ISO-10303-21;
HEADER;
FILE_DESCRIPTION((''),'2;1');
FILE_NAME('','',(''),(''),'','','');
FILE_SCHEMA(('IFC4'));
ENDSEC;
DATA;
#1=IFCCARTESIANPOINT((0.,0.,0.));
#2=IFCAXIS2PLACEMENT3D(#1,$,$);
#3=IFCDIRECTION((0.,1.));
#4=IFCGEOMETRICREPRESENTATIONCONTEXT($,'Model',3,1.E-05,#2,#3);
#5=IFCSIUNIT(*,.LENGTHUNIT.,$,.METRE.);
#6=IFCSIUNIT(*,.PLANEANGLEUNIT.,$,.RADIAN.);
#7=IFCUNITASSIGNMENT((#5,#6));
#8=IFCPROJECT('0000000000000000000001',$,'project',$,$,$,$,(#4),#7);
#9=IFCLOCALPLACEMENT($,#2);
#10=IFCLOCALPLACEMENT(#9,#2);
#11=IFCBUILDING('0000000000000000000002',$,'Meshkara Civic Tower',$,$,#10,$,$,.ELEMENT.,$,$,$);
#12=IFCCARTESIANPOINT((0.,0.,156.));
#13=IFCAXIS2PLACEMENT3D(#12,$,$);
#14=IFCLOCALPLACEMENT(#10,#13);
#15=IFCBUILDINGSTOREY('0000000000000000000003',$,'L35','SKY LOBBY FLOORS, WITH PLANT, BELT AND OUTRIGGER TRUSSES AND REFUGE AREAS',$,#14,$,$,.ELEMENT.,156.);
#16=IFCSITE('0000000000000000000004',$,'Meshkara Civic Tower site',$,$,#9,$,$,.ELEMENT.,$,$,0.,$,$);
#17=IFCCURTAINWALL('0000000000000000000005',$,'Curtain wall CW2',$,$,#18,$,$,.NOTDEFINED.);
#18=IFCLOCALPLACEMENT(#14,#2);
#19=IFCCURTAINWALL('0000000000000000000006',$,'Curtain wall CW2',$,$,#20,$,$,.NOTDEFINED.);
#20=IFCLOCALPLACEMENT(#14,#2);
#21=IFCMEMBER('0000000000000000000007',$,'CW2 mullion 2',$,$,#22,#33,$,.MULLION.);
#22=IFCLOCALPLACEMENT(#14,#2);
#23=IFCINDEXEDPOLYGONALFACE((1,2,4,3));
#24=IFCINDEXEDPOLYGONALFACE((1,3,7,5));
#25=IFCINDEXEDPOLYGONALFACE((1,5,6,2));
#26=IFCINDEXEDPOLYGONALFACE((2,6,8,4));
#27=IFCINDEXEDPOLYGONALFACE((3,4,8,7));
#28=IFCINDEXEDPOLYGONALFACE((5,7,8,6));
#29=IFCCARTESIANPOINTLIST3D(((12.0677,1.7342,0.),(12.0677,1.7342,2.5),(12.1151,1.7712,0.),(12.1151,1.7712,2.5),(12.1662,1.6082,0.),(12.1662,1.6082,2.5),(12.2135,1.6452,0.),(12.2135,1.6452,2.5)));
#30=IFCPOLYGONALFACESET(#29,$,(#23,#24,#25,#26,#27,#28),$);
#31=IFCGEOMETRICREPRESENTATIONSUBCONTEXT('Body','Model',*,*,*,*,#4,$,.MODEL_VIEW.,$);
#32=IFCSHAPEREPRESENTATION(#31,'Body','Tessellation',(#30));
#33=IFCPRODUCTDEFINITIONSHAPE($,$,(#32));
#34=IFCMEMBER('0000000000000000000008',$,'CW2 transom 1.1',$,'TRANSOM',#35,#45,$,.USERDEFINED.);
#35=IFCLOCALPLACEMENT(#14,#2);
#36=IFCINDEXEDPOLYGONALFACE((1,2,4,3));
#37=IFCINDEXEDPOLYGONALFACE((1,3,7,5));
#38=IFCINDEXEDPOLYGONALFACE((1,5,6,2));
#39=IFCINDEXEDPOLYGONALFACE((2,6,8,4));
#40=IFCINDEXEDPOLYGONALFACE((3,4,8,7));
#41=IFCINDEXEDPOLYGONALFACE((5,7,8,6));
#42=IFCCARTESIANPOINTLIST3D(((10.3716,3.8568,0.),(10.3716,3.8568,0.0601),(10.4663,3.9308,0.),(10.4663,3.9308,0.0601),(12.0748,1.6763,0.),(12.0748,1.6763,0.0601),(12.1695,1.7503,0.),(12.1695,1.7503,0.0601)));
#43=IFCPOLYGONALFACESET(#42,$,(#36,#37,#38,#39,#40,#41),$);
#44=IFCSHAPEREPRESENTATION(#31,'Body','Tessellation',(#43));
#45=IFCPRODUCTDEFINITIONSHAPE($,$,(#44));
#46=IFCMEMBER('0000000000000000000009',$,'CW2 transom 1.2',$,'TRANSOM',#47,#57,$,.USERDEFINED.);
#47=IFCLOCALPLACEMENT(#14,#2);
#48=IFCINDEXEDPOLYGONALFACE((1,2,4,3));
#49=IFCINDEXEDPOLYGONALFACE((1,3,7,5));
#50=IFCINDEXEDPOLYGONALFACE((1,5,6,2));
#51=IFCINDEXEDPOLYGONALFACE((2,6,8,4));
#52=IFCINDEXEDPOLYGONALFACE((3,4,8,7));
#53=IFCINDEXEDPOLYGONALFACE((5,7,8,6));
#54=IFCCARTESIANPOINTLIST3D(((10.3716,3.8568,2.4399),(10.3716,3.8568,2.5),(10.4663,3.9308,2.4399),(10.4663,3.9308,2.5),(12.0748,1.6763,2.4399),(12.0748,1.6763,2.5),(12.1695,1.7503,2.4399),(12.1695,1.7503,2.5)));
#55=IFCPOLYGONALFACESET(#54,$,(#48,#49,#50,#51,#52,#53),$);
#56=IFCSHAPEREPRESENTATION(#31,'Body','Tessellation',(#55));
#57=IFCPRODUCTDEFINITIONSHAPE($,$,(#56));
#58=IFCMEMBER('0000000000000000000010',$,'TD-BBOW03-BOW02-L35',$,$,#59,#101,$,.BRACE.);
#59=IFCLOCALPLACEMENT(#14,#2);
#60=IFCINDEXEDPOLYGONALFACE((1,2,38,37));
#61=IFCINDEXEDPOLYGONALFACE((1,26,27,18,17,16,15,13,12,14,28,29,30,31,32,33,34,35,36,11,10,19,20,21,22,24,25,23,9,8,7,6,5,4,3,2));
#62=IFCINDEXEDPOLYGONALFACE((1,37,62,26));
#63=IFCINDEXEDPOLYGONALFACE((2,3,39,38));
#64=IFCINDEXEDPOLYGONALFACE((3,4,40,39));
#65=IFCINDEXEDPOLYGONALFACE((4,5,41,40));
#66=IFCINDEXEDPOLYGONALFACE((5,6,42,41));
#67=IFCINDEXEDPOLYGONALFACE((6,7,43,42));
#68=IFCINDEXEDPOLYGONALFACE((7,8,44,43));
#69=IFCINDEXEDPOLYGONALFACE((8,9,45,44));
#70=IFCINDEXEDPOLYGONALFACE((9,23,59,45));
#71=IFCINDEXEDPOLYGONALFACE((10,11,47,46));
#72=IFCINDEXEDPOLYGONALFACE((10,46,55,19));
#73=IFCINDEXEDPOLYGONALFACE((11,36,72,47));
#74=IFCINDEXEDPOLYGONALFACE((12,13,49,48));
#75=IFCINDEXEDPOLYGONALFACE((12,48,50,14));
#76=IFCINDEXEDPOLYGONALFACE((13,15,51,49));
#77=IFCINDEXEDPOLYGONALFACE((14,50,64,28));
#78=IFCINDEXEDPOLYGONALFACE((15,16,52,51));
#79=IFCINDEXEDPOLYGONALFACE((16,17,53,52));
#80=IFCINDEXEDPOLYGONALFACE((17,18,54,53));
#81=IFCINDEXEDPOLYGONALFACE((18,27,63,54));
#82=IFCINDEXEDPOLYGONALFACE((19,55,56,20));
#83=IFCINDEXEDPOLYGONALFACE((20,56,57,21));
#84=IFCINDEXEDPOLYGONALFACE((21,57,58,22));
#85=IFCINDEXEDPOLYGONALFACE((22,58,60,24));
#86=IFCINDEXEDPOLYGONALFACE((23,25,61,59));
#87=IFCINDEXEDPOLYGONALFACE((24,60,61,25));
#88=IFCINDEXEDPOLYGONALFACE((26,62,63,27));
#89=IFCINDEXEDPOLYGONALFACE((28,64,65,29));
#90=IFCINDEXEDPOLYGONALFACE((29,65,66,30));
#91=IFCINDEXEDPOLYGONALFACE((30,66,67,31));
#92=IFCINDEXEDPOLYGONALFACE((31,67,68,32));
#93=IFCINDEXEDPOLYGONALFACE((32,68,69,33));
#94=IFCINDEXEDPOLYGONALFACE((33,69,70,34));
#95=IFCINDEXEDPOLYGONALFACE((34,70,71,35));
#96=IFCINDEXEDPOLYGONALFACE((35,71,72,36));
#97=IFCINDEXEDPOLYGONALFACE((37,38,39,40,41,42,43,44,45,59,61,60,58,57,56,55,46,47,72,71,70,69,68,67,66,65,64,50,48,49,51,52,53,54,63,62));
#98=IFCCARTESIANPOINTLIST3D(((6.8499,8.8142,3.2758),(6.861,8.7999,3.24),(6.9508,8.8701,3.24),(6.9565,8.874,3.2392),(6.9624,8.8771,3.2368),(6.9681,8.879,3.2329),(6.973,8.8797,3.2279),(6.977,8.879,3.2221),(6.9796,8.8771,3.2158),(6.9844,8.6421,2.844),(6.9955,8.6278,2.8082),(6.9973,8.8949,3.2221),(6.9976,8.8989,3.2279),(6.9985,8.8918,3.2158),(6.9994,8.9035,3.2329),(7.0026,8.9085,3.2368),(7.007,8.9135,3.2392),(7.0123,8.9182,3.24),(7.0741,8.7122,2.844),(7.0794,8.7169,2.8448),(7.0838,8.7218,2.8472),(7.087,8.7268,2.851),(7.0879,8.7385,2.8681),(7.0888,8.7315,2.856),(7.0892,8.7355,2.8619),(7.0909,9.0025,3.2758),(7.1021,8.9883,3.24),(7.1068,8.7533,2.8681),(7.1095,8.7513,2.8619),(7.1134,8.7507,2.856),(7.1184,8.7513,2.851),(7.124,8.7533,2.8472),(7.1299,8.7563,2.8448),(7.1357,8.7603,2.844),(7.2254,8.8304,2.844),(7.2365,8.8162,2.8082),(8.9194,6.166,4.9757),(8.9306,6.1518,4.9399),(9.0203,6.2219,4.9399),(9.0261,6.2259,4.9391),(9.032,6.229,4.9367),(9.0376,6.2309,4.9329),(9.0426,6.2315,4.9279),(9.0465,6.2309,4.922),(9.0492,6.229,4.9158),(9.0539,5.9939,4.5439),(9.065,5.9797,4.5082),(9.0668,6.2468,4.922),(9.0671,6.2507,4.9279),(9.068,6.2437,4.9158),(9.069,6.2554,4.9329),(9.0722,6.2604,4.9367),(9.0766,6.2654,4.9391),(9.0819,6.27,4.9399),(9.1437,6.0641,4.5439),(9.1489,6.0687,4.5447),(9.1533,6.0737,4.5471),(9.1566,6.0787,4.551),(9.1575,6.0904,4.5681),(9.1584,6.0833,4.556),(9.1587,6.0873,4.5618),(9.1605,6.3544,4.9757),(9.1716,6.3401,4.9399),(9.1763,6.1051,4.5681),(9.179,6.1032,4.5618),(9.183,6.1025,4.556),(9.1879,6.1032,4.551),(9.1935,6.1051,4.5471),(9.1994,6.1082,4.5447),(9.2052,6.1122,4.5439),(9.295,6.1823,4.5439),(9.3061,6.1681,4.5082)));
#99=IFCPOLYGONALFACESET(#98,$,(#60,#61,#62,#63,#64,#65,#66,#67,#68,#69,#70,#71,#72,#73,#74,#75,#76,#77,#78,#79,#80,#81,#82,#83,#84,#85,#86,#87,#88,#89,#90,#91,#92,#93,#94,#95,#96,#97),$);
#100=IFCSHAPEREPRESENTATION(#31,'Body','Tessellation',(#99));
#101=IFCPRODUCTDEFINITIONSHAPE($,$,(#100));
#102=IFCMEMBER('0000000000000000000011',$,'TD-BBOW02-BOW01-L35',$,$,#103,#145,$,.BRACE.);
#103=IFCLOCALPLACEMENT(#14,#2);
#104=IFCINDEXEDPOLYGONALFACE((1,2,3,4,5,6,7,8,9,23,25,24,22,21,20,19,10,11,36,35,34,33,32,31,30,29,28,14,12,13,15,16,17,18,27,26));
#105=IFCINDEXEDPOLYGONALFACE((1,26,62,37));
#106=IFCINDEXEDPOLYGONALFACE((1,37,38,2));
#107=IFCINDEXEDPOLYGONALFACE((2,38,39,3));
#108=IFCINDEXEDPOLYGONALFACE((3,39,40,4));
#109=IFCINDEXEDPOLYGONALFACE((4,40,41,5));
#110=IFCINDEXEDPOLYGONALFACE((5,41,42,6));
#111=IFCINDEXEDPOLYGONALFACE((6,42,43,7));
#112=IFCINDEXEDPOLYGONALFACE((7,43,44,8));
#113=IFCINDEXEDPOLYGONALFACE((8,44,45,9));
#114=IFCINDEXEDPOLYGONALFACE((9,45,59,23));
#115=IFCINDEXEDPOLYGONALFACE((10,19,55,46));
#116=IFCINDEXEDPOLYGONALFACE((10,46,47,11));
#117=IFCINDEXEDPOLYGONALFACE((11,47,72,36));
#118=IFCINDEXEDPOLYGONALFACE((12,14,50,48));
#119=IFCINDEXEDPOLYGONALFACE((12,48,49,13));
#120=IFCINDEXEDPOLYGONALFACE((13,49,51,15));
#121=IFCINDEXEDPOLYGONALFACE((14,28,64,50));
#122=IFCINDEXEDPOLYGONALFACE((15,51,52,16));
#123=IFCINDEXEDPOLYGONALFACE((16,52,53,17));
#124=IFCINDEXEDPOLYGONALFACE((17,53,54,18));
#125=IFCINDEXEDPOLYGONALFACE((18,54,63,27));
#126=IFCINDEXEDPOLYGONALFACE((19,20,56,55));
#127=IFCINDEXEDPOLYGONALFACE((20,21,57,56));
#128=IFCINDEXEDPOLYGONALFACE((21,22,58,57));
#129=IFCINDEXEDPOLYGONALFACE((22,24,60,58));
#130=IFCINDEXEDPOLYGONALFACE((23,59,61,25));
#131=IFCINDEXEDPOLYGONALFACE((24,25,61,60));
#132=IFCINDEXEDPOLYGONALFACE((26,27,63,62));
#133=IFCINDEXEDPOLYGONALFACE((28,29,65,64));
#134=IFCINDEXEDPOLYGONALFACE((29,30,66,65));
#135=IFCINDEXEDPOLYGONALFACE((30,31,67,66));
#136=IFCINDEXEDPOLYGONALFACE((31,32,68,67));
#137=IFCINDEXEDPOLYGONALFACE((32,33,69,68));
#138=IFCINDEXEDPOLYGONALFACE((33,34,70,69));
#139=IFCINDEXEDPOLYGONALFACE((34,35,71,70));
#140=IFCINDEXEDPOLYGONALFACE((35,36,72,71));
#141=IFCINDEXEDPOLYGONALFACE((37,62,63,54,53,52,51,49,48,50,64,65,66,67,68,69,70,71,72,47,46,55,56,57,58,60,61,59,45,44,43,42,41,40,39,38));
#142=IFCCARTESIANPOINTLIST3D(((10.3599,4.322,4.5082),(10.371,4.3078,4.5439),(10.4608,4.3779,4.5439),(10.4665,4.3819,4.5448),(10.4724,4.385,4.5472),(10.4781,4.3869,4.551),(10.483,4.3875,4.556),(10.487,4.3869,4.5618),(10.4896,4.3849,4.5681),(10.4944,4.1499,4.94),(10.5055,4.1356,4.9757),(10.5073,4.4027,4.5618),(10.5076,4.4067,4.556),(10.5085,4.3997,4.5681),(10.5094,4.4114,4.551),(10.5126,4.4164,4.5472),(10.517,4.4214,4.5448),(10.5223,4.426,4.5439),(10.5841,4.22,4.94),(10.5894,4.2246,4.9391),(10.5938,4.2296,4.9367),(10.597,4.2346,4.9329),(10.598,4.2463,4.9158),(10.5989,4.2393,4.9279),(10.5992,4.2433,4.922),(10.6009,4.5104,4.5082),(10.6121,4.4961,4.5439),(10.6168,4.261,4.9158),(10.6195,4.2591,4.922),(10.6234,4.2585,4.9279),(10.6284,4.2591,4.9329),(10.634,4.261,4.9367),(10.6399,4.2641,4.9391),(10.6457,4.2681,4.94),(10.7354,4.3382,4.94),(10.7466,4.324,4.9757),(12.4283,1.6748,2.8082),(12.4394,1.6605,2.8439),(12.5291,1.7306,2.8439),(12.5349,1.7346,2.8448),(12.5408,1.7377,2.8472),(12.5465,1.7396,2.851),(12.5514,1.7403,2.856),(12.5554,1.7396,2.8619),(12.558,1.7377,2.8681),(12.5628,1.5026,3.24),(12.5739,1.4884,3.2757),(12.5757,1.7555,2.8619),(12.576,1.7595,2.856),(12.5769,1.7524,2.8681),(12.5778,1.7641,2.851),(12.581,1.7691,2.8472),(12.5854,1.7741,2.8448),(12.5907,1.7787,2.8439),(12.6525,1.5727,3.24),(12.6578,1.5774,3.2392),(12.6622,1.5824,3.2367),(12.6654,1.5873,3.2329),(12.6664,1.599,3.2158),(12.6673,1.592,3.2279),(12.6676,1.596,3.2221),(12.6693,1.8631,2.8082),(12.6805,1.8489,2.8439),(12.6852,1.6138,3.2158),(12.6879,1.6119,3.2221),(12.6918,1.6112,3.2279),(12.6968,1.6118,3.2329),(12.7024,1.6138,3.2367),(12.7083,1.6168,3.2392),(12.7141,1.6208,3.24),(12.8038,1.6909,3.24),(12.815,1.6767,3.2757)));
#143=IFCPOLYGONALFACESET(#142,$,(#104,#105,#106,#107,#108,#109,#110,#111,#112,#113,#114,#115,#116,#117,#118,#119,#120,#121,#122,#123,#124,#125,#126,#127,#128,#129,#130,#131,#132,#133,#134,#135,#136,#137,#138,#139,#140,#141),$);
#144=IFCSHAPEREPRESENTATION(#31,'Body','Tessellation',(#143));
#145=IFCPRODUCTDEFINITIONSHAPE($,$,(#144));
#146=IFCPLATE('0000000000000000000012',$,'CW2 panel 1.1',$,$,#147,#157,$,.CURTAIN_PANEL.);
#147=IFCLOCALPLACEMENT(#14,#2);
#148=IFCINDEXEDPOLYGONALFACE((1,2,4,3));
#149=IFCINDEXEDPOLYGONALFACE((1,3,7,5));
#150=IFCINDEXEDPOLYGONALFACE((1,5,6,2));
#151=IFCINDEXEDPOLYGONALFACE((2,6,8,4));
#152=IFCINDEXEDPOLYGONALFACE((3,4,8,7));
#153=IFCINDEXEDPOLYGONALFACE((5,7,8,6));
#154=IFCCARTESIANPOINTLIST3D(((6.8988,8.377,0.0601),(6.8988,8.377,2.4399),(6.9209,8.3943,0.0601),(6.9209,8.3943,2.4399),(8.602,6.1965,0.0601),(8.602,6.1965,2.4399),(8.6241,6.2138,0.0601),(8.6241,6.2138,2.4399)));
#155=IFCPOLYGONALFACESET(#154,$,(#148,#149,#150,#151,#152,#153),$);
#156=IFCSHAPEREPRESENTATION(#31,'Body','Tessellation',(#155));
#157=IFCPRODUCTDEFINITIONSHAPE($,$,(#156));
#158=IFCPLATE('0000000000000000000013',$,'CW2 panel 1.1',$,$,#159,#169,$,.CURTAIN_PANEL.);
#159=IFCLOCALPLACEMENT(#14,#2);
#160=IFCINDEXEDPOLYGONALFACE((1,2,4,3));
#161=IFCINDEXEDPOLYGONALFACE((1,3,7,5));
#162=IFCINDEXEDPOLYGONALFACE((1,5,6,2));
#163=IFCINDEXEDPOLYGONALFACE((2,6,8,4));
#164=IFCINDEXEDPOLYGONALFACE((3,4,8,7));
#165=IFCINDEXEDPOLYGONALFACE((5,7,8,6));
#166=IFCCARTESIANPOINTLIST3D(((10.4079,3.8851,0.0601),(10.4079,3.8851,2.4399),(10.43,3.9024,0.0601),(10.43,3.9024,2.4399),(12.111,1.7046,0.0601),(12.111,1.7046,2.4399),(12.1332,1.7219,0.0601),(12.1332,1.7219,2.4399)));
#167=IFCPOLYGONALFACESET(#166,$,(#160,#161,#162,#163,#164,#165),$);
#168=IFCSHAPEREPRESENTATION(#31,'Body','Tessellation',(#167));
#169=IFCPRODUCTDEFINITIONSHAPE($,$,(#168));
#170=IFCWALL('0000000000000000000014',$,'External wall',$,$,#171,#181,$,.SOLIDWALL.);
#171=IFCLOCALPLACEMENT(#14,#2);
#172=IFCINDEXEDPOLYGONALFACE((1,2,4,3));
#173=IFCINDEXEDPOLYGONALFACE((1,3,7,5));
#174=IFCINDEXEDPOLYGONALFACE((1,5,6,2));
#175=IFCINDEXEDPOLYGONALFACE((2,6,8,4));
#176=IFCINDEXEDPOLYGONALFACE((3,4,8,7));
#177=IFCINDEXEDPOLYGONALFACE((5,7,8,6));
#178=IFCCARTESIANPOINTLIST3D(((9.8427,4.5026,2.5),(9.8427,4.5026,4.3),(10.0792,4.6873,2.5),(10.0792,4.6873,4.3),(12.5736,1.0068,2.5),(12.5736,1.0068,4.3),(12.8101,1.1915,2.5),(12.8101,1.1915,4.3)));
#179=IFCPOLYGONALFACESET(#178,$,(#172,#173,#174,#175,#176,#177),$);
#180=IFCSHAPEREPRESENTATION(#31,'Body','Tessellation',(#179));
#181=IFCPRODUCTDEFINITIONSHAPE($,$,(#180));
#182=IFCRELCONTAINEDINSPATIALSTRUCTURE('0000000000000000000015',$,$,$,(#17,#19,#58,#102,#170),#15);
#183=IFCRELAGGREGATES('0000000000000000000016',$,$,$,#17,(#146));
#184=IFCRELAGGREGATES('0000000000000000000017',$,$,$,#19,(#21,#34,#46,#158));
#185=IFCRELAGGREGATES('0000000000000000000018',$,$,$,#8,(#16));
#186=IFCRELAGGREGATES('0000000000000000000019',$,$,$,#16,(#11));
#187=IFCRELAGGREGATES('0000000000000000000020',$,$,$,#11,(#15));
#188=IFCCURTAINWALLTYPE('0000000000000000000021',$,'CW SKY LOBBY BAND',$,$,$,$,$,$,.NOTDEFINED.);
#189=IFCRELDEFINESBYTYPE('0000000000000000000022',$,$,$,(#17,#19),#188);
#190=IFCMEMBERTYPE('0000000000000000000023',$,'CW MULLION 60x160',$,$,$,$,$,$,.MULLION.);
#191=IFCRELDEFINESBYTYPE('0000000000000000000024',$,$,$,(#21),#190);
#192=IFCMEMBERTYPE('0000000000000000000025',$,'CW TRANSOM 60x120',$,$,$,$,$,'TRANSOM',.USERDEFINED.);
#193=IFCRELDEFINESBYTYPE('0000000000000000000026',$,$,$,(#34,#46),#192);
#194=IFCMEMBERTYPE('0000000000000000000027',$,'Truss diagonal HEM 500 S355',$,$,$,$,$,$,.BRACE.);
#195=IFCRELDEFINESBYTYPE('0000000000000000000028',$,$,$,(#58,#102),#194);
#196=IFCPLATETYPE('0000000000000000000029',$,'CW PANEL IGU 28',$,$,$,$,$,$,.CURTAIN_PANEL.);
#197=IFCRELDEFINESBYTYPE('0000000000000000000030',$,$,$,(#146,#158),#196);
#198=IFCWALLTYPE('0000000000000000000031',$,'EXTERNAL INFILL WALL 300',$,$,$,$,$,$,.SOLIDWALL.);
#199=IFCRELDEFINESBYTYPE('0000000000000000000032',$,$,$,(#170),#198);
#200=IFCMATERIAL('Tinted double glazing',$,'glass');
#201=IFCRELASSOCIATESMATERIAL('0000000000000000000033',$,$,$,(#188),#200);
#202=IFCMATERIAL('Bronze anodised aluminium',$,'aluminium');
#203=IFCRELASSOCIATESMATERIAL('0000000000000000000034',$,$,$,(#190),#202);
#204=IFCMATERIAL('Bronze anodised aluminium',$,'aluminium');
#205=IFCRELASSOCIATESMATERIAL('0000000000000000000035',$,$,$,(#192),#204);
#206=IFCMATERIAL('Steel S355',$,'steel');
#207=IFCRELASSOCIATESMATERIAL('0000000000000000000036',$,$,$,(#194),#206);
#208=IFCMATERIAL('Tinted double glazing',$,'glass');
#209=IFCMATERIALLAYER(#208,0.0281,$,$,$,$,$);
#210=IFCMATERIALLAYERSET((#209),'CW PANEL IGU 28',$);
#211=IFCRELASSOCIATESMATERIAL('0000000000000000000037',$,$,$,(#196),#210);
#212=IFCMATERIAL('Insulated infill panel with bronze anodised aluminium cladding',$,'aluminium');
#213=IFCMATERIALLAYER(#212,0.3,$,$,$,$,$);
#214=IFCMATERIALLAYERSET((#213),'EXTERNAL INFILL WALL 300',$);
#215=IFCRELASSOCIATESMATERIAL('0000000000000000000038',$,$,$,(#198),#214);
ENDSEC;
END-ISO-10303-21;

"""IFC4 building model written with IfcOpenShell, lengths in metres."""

from ifc_helpers import new_model, si_unit, direction, frame, frame_2d, origin, origin_2d, place, context, subcontext, project, spatial, rectangle, i_section, extrude, material, layer, layer_set, material_profile, profile_set, type_object, element, aggregate, save


model = new_model("IFC4")

# Units and contexts
model_context = context("Model", 3, precision=1e-05, world=origin(), true_north=direction((0.0, 1.0)))
body_context = subcontext(model_context, "Body", "Model", "MODEL_VIEW")
ifc_project = project(units=[si_unit("LENGTHUNIT", "METRE"), si_unit("PLANEANGLEUNIT", "RADIAN")], contexts=[model_context])

# Site, building, storey
site_placement = place(None, origin())
site = spatial("IfcSite", under=ifc_project, at=site_placement, Name="Meshkara Civic Tower site", CompositionType="ELEMENT", RefElevation=0.0)
building_placement = place(site_placement, origin())
building = spatial("IfcBuilding", under=site, at=building_placement, Name="Meshkara Civic Tower", CompositionType="ELEMENT")
storey_placement = place(building_placement, frame((0.0, 0.0, 156.0)))
storey = spatial("IfcBuildingStorey", under=building, at=storey_placement, Name="L35", Description="SKY LOBBY FLOORS, WITH PLANT, BELT AND OUTRIGGER TRUSSES AND REFUGE AREAS", CompositionType="ELEMENT", Elevation=156.0)

# Curtain wall
ifc_material_1 = material(Name="Tinted double glazing", Category="glass")
curtain_wall_type = type_object("IfcCurtainWallType", Name="CW SKY LOBBY BAND", PredefinedType="NOTDEFINED", material=ifc_material_1)
curtain_wall_1_placement = place(storey_placement, origin())
curtain_wall_1 = element("IfcCurtainWall", 1, at=curtain_wall_1_placement, inside=storey, type_object=curtain_wall_type, Name="Curtain wall CW2", PredefinedType="NOTDEFINED")
ifc_material_2 = material(Name="Bronze anodised aluminium", Category="aluminium")
ifc_material_profile_1 = material_profile(ifc_material_2, rectangle(XDim=0.0601, YDim=0.1599, at=origin_2d()))
ifc_profile_set_1 = profile_set([ifc_material_profile_1], Name="Bronze anodised aluminium")
member_type_1 = type_object("IfcMemberType", Name="CW MULLION 60x160", PredefinedType="MULLION", material=ifc_profile_set_1)

# Curtain wall, members
curtain_wall_2_placement = place(storey_placement, origin())
curtain_wall_2 = element("IfcCurtainWall", 2, at=curtain_wall_2_placement, inside=storey, type_object=curtain_wall_type, Name="Curtain wall CW2", PredefinedType="NOTDEFINED")
member_1_placement = place(storey_placement, frame((12.1406, 1.6897, 0.0), z_axis=(0.0, 0.0, 1.0), x_axis=(0.788082, 0.61557, 0.0)))
member_1 = element("IfcMember", 3, at=member_1_placement, type_object=member_type_1, Name="CW2 mullion 2", PredefinedType="MULLION", context=body_context, shape_type="SweptSolid", body=[
    extrude(rectangle(XDim=0.0601, YDim=0.1599, at=origin_2d()), origin(), (0.0, 0.0, 1.0), 2.5),
])
ifc_material_3 = material(Name="Bronze anodised aluminium", Category="aluminium")
ifc_material_profile_2 = material_profile(ifc_material_3, rectangle(XDim=0.1201, YDim=0.0601, at=origin_2d()))
ifc_profile_set_2 = profile_set([ifc_material_profile_2], Name="Bronze anodised aluminium")
member_type_2 = type_object("IfcMemberType", Name="CW TRANSOM 60x120", ElementType="TRANSOM", PredefinedType="USERDEFINED", material=ifc_profile_set_2)
member_2_placement = place(storey_placement, frame((10.4189, 3.8938, 0.03), z_axis=(0.61557, -0.788082, 0.0), x_axis=(0.788082, 0.61557, 0.0)))
member_2 = element("IfcMember", 4, at=member_2_placement, type_object=member_type_2, Name="CW2 transom 1.1", ObjectType="TRANSOM", PredefinedType="USERDEFINED", context=body_context, shape_type="SweptSolid", body=[
    extrude(rectangle(XDim=0.1201, YDim=0.0601, at=origin_2d()), origin(), (0.0, 0.0, 1.0), 2.7668),
])
member_3_placement = place(storey_placement, frame((10.4189, 3.8938, 2.47), z_axis=(0.61557, -0.788082, 0.0), x_axis=(0.788082, 0.61557, 0.0)))
member_3 = element("IfcMember", 5, at=member_3_placement, type_object=member_type_2, Name="CW2 transom 1.2", ObjectType="TRANSOM", PredefinedType="USERDEFINED", context=body_context, shape_type="SweptSolid", body=[
    extrude(rectangle(XDim=0.1201, YDim=0.0601, at=origin_2d()), origin(), (0.0, 0.0, 1.0), 2.7668),
])

# Members
ifc_material_4 = material(Name="Steel S355", Category="steel")
ifc_material_profile_3 = material_profile(ifc_material_4, i_section(OverallWidth=0.3059, OverallDepth=0.5239, WebThickness=0.0239, FlangeThickness=0.04, FilletRadius=0.0271, at=origin_2d()))
ifc_profile_set_3 = profile_set([ifc_material_profile_3], Name="Steel S355")
member_type_3 = type_object("IfcMemberType", Name="Truss diagonal HEM 500 S355", PredefinedType="BRACE", material=ifc_profile_set_3)
member_4_placement = place(storey_placement, frame((7.0432, 8.8152, 3.042), z_axis=(0.549482, -0.703106, 0.451344), x_axis=(0.787926, 0.615769, 0.0)))
element("IfcMember", 6, at=member_4_placement, inside=storey, type_object=member_type_3, Name="TD-BBOW03-BOW02-L35", PredefinedType="BRACE", context=body_context, shape_type="SweptSolid", body=[
    extrude(i_section(OverallWidth=0.3059, OverallDepth=0.5239, WebThickness=0.0239, FlangeThickness=0.04, FilletRadius=0.0271, at=origin_2d()), origin(), (0.0, 0.0, 1.0), 3.7664),
])
member_5_placement = place(storey_placement, frame((10.5532, 4.323, 4.7419), z_axis=(0.549356, -0.7031, -0.451507), x_axis=(0.787992, 0.615685, 0.0)))
element("IfcMember", 7, at=member_5_placement, inside=storey, type_object=member_type_3, Name="TD-BBOW02-BOW01-L35", PredefinedType="BRACE", context=body_context, shape_type="SweptSolid", body=[
    extrude(i_section(OverallWidth=0.3059, OverallDepth=0.5239, WebThickness=0.0239, FlangeThickness=0.04, FilletRadius=0.0271, at=origin_2d()), origin(), (0.0, 0.0, 1.0), 3.7651),
])

# Plates
ifc_material_5 = material(Name="Tinted double glazing", Category="glass")
ifc_layer_1 = layer(ifc_material_5, 0.0281)
ifc_layer_set_1 = layer_set([ifc_layer_1], Name="CW PANEL IGU 28")
plate_type = type_object("IfcPlateType", Name="CW PANEL IGU 28", PredefinedType="CURTAIN_PANEL", material=ifc_layer_set_1)
plate_1_placement = place(storey_placement, frame((7.7615, 7.2954, 0.0601), z_axis=(0.0, 0.0, 1.0), x_axis=(0.61557, -0.788082, 0.0)))
plate_1 = element("IfcPlate", 8, at=plate_1_placement, type_object=plate_type, Name="CW2 panel 1.1", PredefinedType="CURTAIN_PANEL", context=body_context, shape_type="SweptSolid", body=[
    extrude(rectangle(XDim=2.7668, YDim=0.0281, at=origin_2d()), origin(), (0.0, 0.0, 1.0), 2.3799),
])
aggregate(curtain_wall_1, [plate_1])
plate_2_placement = place(storey_placement, frame((11.2705, 2.8035, 0.0601), z_axis=(0.0, 0.0, 1.0), x_axis=(0.61557, -0.788082, 0.0)))
plate_2 = element("IfcPlate", 9, at=plate_2_placement, type_object=plate_type, Name="CW2 panel 1.1", PredefinedType="CURTAIN_PANEL", context=body_context, shape_type="SweptSolid", body=[
    extrude(rectangle(XDim=2.7668, YDim=0.0281, at=origin_2d()), origin(), (0.0, 0.0, 1.0), 2.3799),
])
aggregate(curtain_wall_2, [member_1, member_2, member_3, plate_2])

# Wall
ifc_material_6 = material(Name="Insulated infill panel with bronze anodised aluminium cladding", Category="aluminium")
ifc_layer_2 = layer(ifc_material_6, 0.3)
ifc_layer_set_2 = layer_set([ifc_layer_2], Name="EXTERNAL INFILL WALL 300")
wall_type_1 = type_object("IfcWallType", Name="EXTERNAL INFILL WALL 300", PredefinedType="SOLIDWALL", material=ifc_layer_set_2)
wall_1_placement = place(storey_placement, frame((9.9609, 4.595, 2.5), z_axis=(0.0, 0.0, 1.0), x_axis=(0.615619, -0.788044, 0.0)))
element("IfcWall", 10, at=wall_1_placement, inside=storey, type_object=wall_type_1, Name="External wall", PredefinedType="SOLIDWALL", context=body_context, shape_type="SweptSolid", body=[
    extrude(rectangle(XDim=4.436, YDim=0.3, at=frame_2d((2.218, 0.0))), origin(), (0.0, 0.0, 1.0), 1.8),
])

save(model, "model.ifc")
